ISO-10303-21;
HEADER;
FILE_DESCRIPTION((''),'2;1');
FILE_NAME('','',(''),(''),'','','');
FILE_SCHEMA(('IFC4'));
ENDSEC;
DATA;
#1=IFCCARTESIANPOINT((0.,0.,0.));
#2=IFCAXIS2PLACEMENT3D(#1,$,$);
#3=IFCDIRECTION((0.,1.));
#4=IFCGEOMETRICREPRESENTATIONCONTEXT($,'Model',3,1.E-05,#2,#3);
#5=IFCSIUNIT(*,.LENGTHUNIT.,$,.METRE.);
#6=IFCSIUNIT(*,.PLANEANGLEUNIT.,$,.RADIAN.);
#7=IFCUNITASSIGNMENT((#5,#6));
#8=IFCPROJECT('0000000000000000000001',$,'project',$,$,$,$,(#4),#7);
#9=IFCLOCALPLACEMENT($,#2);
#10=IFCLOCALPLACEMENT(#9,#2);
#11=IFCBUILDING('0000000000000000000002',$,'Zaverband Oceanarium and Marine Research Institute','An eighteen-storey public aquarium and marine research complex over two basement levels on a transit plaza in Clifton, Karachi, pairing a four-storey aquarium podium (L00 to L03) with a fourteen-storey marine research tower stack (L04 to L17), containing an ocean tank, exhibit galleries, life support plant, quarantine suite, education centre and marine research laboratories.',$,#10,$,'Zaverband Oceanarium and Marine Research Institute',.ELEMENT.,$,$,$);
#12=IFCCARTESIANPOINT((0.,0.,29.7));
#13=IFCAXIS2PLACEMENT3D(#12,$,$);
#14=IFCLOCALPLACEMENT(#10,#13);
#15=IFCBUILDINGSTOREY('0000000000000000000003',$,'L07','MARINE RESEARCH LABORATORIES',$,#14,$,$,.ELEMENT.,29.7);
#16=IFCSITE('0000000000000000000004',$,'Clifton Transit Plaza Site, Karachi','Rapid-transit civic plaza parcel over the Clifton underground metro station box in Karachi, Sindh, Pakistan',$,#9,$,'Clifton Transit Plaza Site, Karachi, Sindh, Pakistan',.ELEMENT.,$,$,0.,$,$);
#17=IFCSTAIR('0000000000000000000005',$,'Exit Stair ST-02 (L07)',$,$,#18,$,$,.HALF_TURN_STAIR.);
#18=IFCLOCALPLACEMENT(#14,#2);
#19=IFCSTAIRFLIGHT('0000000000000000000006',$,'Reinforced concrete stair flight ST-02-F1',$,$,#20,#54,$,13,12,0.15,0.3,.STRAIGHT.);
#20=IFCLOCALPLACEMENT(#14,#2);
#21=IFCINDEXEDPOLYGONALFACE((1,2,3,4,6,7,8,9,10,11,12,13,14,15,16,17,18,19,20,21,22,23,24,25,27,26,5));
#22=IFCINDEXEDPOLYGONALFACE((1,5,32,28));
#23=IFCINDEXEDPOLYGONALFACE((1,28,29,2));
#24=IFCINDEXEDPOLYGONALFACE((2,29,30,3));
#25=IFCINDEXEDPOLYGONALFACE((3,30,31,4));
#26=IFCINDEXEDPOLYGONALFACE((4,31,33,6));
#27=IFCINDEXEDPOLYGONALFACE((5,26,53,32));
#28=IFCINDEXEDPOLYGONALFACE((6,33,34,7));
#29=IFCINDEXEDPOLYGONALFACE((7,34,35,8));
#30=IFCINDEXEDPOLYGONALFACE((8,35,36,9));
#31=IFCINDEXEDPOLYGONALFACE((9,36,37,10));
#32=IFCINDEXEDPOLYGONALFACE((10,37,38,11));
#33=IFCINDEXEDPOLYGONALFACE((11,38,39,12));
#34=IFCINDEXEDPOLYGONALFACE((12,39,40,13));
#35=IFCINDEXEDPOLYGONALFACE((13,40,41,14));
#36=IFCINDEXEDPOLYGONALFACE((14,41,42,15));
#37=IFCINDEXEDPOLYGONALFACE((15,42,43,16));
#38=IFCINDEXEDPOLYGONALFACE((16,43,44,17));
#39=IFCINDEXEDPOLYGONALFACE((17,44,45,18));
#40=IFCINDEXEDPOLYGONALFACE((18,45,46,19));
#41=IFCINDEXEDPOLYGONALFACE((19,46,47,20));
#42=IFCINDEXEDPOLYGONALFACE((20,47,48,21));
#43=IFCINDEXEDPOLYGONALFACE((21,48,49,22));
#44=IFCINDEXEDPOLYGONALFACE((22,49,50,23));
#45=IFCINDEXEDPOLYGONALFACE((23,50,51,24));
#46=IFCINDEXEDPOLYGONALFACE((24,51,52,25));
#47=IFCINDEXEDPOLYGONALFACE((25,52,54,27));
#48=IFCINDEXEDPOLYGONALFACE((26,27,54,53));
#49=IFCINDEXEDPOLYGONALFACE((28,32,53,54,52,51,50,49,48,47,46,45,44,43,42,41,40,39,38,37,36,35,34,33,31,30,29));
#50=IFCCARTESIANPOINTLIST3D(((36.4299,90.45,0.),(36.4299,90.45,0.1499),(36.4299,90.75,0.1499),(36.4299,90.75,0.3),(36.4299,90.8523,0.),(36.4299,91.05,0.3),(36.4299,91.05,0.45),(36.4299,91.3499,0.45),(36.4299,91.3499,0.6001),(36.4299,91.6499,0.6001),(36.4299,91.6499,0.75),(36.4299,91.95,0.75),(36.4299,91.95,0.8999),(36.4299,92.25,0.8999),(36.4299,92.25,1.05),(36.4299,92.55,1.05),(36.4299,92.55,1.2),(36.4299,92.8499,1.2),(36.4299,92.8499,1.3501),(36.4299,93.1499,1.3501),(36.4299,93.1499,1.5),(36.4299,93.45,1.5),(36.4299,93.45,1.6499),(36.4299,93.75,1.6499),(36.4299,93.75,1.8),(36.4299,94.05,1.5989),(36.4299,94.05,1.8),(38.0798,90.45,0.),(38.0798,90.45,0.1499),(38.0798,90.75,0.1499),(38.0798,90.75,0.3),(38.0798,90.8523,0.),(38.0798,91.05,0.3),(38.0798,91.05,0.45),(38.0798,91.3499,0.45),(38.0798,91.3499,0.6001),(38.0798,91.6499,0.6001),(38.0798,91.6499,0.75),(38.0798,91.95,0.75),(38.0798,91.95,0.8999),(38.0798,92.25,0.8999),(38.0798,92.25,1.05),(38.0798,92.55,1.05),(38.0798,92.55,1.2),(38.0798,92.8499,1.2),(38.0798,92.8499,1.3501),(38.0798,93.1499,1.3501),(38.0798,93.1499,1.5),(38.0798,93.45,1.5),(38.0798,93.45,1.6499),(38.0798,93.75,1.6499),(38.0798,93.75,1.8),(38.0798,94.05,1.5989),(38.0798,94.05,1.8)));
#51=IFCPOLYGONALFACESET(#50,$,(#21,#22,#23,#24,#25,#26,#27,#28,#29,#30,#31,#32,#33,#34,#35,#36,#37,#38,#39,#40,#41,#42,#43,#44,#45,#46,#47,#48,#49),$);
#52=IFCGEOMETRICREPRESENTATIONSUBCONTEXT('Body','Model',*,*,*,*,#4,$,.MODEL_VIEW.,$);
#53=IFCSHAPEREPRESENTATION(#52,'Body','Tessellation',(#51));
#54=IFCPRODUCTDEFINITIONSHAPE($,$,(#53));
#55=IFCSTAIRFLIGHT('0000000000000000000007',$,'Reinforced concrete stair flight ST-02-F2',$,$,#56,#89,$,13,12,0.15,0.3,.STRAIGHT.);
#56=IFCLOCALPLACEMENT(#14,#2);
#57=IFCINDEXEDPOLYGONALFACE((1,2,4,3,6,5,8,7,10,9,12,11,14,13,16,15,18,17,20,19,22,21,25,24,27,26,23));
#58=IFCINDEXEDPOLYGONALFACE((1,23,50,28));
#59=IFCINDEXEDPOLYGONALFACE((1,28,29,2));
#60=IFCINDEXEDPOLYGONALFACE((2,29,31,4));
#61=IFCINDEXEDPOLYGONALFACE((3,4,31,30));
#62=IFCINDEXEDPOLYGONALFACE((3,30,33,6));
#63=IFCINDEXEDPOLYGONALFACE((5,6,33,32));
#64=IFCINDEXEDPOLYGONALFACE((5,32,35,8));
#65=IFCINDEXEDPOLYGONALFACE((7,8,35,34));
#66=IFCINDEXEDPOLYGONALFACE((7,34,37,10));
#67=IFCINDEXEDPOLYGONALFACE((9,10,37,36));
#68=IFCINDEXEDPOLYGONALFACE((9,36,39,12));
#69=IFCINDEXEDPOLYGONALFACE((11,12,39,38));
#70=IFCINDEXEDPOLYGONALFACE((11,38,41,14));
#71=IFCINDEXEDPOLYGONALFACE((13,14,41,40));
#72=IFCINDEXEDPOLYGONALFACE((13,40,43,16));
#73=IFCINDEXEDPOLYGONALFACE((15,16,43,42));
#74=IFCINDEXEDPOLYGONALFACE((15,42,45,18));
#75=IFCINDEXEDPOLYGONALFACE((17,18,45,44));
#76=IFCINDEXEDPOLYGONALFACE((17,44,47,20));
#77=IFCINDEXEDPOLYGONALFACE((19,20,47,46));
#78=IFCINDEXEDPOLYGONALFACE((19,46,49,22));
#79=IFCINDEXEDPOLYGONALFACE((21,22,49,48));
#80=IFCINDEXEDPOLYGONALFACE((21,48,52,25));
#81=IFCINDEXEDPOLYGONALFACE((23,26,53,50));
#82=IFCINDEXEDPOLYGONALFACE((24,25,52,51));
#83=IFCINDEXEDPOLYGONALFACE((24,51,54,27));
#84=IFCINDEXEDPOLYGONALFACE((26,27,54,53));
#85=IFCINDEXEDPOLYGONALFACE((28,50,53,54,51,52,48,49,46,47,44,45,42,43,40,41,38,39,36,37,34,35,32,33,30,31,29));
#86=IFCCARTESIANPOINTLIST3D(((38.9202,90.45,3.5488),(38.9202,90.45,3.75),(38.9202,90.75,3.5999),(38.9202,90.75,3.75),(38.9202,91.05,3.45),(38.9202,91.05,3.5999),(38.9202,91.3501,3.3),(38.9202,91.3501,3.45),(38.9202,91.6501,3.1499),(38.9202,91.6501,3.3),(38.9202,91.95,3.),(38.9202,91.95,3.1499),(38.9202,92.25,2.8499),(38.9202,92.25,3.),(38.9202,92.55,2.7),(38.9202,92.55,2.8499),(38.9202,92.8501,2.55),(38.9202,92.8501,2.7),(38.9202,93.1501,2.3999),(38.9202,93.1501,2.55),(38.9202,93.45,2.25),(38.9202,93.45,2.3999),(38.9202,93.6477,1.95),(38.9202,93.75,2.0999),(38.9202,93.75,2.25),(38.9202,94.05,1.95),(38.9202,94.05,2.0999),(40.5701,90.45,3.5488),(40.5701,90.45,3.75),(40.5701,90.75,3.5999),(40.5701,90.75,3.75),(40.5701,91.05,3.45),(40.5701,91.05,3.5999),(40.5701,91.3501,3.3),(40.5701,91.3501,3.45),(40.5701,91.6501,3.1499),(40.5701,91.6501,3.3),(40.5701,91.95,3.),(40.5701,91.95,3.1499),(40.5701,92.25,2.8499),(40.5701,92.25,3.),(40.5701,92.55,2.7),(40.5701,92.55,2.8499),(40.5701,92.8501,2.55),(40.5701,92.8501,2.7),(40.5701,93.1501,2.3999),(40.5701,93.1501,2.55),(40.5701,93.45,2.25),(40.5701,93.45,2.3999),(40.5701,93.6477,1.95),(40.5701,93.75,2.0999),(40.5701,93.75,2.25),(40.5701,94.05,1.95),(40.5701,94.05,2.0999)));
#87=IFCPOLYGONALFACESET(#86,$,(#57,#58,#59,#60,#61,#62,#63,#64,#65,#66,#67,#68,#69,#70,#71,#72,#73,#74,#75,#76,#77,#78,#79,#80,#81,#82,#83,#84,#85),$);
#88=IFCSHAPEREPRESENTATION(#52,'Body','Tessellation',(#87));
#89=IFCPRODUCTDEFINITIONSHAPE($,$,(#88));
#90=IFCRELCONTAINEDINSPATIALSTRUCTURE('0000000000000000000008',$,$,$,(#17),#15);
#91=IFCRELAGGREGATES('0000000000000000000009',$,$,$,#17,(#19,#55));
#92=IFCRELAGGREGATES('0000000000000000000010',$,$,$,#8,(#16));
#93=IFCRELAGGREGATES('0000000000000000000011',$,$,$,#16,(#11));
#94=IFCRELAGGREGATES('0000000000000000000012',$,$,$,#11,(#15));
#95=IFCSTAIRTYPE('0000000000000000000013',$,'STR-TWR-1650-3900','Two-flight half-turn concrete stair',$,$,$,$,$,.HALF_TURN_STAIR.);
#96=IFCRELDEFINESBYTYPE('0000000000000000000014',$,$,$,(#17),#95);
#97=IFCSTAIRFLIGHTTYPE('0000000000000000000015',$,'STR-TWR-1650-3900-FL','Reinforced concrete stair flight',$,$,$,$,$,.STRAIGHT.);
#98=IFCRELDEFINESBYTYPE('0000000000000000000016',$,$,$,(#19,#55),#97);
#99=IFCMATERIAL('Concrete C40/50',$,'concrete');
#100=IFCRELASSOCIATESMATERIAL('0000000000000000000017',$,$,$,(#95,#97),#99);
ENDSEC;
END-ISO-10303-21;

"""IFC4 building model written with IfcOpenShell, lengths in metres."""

from ifc_helpers import new_model, si_unit, direction, frame, origin, place, context, subcontext, project, spatial, polyline, outline, extrude, material, type_object, element, aggregate, save


model = new_model("IFC4")

# Units and contexts
model_context = context("Model", 3, precision=1e-05, world=origin(), true_north=direction((0.0, 1.0)))
body_context = subcontext(model_context, "Body", "Model", "MODEL_VIEW")
ifc_project = project(units=[si_unit("LENGTHUNIT", "METRE"), si_unit("PLANEANGLEUNIT", "RADIAN")], contexts=[model_context])

# Site, building, storey
site_placement = place(None, origin())
site = spatial("IfcSite", under=ifc_project, at=site_placement, Name="Clifton Transit Plaza Site, Karachi", Description="Rapid-transit civic plaza parcel over the Clifton underground metro station box in Karachi, Sindh, Pakistan", LongName="Clifton Transit Plaza Site, Karachi, Sindh, Pakistan", CompositionType="ELEMENT", RefElevation=0.0)
building_placement = place(site_placement, origin())
building = spatial("IfcBuilding", under=site, at=building_placement, Name="Zaverband Oceanarium and Marine Research Institute", Description="An eighteen-storey public aquarium and marine research complex over two basement levels on a transit plaza in Clifton, Karachi, pairing a four-storey aquarium podium (L00 to L03) with a fourteen-storey marine research tower stack (L04 to L17), containing an ocean tank, exhibit galleries, life support plant, quarantine suite, education centre and marine research laboratories.", LongName="Zaverband Oceanarium and Marine Research Institute", CompositionType="ELEMENT")
storey_placement = place(building_placement, frame((0.0, 0.0, 29.7)))
storey = spatial("IfcBuildingStorey", under=building, at=storey_placement, Name="L07", Description="MARINE RESEARCH LABORATORIES", CompositionType="ELEMENT", Elevation=29.7)

# Shared definitions
ifc_material_1 = material(Name="Concrete C40/50", Category="concrete")

# Stair, stair flights
stair_type = type_object("IfcStairType", Name="STR-TWR-1650-3900", Description="Two-flight half-turn concrete stair", PredefinedType="HALF_TURN_STAIR", material=ifc_material_1)
stair_placement = place(storey_placement, origin())
stair = element("IfcStair", 1, at=stair_placement, inside=storey, type_object=stair_type, Name="Exit Stair ST-02 (L07)", PredefinedType="HALF_TURN_STAIR")
stair_flight_type = type_object("IfcStairFlightType", Name="STR-TWR-1650-3900-FL", Description="Reinforced concrete stair flight", PredefinedType="STRAIGHT", material=ifc_material_1)
stair_flight_1_placement = place(storey_placement, frame((37.2549, 90.45, 0.0), z_axis=(0.0, 0.0, 1.0), x_axis=(0.0, 1.0, 0.0)))
stair_flight_1 = element("IfcStairFlight", 2, at=stair_flight_1_placement, type_object=stair_flight_type, Name="Reinforced concrete stair flight ST-02-F1", NumberOfRisers=13, NumberOfTreads=12, PredefinedType="STRAIGHT", RiserHeight=0.15, TreadLength=0.3, context=body_context, shape_type="SweptSolid", body=[
    extrude(outline(polyline([(0.0, 0.0), (0.0, 0.1499), (0.3, 0.1499), (0.3, 0.3), (0.6001, 0.3), (0.6001, 0.45), (0.8999, 0.45), (0.8999, 0.6001), (1.2, 0.6001), (1.2, 0.75), (1.5, 0.75), (1.5, 0.8999), (1.8, 0.8999), (1.8, 1.05), (2.1001, 1.05), (2.1001, 1.2), (2.3999, 1.2), (2.3999, 1.3501), (2.7, 1.3501), (2.7, 1.5), (3.0, 1.5), (3.0, 1.6499), (3.3, 1.6499), (3.3, 1.8), (3.6001, 1.8), (3.6001, 1.95), (3.6001, 1.5989), (0.4023, 0.0), (0.0, 0.0)])), frame((0.0, 0.825, 0.0), z_axis=(0.0, -1.0, 0.0), x_axis=(1.0, 0.0, 0.0)), (0.0, 0.0, 1.0), 1.6499),
])
stair_flight_2_placement = place(storey_placement, frame((39.7451, 94.05, 1.95), z_axis=(0.0, 0.0, 1.0), x_axis=(0.0, -1.0, 0.0)))
stair_flight_2 = element("IfcStairFlight", 3, at=stair_flight_2_placement, type_object=stair_flight_type, Name="Reinforced concrete stair flight ST-02-F2", NumberOfRisers=13, NumberOfTreads=12, PredefinedType="STRAIGHT", RiserHeight=0.15, TreadLength=0.3, context=body_context, shape_type="SweptSolid", body=[
    extrude(outline(polyline([(0.0, 0.0), (0.0, 0.1499), (0.3, 0.1499), (0.3, 0.3), (0.6001, 0.3), (0.6001, 0.45), (0.8999, 0.45), (0.8999, 0.6001), (1.2, 0.6001), (1.2, 0.75), (1.5, 0.75), (1.5, 0.8999), (1.8, 0.8999), (1.8, 1.05), (2.1001, 1.05), (2.1001, 1.2), (2.3999, 1.2), (2.3999, 1.3501), (2.7, 1.3501), (2.7, 1.5), (3.0, 1.5), (3.0, 1.6499), (3.3, 1.6499), (3.3, 1.8), (3.6001, 1.8), (3.6001, 1.95), (3.6001, 1.5989), (0.4023, 0.0), (0.0, 0.0)])), frame((0.0, 0.825, 0.0), z_axis=(0.0, -1.0, 0.0), x_axis=(1.0, 0.0, 0.0)), (0.0, 0.0, 1.0), 1.6499),
])
aggregate(stair, [stair_flight_1, stair_flight_2])

save(model, "model.ifc")
